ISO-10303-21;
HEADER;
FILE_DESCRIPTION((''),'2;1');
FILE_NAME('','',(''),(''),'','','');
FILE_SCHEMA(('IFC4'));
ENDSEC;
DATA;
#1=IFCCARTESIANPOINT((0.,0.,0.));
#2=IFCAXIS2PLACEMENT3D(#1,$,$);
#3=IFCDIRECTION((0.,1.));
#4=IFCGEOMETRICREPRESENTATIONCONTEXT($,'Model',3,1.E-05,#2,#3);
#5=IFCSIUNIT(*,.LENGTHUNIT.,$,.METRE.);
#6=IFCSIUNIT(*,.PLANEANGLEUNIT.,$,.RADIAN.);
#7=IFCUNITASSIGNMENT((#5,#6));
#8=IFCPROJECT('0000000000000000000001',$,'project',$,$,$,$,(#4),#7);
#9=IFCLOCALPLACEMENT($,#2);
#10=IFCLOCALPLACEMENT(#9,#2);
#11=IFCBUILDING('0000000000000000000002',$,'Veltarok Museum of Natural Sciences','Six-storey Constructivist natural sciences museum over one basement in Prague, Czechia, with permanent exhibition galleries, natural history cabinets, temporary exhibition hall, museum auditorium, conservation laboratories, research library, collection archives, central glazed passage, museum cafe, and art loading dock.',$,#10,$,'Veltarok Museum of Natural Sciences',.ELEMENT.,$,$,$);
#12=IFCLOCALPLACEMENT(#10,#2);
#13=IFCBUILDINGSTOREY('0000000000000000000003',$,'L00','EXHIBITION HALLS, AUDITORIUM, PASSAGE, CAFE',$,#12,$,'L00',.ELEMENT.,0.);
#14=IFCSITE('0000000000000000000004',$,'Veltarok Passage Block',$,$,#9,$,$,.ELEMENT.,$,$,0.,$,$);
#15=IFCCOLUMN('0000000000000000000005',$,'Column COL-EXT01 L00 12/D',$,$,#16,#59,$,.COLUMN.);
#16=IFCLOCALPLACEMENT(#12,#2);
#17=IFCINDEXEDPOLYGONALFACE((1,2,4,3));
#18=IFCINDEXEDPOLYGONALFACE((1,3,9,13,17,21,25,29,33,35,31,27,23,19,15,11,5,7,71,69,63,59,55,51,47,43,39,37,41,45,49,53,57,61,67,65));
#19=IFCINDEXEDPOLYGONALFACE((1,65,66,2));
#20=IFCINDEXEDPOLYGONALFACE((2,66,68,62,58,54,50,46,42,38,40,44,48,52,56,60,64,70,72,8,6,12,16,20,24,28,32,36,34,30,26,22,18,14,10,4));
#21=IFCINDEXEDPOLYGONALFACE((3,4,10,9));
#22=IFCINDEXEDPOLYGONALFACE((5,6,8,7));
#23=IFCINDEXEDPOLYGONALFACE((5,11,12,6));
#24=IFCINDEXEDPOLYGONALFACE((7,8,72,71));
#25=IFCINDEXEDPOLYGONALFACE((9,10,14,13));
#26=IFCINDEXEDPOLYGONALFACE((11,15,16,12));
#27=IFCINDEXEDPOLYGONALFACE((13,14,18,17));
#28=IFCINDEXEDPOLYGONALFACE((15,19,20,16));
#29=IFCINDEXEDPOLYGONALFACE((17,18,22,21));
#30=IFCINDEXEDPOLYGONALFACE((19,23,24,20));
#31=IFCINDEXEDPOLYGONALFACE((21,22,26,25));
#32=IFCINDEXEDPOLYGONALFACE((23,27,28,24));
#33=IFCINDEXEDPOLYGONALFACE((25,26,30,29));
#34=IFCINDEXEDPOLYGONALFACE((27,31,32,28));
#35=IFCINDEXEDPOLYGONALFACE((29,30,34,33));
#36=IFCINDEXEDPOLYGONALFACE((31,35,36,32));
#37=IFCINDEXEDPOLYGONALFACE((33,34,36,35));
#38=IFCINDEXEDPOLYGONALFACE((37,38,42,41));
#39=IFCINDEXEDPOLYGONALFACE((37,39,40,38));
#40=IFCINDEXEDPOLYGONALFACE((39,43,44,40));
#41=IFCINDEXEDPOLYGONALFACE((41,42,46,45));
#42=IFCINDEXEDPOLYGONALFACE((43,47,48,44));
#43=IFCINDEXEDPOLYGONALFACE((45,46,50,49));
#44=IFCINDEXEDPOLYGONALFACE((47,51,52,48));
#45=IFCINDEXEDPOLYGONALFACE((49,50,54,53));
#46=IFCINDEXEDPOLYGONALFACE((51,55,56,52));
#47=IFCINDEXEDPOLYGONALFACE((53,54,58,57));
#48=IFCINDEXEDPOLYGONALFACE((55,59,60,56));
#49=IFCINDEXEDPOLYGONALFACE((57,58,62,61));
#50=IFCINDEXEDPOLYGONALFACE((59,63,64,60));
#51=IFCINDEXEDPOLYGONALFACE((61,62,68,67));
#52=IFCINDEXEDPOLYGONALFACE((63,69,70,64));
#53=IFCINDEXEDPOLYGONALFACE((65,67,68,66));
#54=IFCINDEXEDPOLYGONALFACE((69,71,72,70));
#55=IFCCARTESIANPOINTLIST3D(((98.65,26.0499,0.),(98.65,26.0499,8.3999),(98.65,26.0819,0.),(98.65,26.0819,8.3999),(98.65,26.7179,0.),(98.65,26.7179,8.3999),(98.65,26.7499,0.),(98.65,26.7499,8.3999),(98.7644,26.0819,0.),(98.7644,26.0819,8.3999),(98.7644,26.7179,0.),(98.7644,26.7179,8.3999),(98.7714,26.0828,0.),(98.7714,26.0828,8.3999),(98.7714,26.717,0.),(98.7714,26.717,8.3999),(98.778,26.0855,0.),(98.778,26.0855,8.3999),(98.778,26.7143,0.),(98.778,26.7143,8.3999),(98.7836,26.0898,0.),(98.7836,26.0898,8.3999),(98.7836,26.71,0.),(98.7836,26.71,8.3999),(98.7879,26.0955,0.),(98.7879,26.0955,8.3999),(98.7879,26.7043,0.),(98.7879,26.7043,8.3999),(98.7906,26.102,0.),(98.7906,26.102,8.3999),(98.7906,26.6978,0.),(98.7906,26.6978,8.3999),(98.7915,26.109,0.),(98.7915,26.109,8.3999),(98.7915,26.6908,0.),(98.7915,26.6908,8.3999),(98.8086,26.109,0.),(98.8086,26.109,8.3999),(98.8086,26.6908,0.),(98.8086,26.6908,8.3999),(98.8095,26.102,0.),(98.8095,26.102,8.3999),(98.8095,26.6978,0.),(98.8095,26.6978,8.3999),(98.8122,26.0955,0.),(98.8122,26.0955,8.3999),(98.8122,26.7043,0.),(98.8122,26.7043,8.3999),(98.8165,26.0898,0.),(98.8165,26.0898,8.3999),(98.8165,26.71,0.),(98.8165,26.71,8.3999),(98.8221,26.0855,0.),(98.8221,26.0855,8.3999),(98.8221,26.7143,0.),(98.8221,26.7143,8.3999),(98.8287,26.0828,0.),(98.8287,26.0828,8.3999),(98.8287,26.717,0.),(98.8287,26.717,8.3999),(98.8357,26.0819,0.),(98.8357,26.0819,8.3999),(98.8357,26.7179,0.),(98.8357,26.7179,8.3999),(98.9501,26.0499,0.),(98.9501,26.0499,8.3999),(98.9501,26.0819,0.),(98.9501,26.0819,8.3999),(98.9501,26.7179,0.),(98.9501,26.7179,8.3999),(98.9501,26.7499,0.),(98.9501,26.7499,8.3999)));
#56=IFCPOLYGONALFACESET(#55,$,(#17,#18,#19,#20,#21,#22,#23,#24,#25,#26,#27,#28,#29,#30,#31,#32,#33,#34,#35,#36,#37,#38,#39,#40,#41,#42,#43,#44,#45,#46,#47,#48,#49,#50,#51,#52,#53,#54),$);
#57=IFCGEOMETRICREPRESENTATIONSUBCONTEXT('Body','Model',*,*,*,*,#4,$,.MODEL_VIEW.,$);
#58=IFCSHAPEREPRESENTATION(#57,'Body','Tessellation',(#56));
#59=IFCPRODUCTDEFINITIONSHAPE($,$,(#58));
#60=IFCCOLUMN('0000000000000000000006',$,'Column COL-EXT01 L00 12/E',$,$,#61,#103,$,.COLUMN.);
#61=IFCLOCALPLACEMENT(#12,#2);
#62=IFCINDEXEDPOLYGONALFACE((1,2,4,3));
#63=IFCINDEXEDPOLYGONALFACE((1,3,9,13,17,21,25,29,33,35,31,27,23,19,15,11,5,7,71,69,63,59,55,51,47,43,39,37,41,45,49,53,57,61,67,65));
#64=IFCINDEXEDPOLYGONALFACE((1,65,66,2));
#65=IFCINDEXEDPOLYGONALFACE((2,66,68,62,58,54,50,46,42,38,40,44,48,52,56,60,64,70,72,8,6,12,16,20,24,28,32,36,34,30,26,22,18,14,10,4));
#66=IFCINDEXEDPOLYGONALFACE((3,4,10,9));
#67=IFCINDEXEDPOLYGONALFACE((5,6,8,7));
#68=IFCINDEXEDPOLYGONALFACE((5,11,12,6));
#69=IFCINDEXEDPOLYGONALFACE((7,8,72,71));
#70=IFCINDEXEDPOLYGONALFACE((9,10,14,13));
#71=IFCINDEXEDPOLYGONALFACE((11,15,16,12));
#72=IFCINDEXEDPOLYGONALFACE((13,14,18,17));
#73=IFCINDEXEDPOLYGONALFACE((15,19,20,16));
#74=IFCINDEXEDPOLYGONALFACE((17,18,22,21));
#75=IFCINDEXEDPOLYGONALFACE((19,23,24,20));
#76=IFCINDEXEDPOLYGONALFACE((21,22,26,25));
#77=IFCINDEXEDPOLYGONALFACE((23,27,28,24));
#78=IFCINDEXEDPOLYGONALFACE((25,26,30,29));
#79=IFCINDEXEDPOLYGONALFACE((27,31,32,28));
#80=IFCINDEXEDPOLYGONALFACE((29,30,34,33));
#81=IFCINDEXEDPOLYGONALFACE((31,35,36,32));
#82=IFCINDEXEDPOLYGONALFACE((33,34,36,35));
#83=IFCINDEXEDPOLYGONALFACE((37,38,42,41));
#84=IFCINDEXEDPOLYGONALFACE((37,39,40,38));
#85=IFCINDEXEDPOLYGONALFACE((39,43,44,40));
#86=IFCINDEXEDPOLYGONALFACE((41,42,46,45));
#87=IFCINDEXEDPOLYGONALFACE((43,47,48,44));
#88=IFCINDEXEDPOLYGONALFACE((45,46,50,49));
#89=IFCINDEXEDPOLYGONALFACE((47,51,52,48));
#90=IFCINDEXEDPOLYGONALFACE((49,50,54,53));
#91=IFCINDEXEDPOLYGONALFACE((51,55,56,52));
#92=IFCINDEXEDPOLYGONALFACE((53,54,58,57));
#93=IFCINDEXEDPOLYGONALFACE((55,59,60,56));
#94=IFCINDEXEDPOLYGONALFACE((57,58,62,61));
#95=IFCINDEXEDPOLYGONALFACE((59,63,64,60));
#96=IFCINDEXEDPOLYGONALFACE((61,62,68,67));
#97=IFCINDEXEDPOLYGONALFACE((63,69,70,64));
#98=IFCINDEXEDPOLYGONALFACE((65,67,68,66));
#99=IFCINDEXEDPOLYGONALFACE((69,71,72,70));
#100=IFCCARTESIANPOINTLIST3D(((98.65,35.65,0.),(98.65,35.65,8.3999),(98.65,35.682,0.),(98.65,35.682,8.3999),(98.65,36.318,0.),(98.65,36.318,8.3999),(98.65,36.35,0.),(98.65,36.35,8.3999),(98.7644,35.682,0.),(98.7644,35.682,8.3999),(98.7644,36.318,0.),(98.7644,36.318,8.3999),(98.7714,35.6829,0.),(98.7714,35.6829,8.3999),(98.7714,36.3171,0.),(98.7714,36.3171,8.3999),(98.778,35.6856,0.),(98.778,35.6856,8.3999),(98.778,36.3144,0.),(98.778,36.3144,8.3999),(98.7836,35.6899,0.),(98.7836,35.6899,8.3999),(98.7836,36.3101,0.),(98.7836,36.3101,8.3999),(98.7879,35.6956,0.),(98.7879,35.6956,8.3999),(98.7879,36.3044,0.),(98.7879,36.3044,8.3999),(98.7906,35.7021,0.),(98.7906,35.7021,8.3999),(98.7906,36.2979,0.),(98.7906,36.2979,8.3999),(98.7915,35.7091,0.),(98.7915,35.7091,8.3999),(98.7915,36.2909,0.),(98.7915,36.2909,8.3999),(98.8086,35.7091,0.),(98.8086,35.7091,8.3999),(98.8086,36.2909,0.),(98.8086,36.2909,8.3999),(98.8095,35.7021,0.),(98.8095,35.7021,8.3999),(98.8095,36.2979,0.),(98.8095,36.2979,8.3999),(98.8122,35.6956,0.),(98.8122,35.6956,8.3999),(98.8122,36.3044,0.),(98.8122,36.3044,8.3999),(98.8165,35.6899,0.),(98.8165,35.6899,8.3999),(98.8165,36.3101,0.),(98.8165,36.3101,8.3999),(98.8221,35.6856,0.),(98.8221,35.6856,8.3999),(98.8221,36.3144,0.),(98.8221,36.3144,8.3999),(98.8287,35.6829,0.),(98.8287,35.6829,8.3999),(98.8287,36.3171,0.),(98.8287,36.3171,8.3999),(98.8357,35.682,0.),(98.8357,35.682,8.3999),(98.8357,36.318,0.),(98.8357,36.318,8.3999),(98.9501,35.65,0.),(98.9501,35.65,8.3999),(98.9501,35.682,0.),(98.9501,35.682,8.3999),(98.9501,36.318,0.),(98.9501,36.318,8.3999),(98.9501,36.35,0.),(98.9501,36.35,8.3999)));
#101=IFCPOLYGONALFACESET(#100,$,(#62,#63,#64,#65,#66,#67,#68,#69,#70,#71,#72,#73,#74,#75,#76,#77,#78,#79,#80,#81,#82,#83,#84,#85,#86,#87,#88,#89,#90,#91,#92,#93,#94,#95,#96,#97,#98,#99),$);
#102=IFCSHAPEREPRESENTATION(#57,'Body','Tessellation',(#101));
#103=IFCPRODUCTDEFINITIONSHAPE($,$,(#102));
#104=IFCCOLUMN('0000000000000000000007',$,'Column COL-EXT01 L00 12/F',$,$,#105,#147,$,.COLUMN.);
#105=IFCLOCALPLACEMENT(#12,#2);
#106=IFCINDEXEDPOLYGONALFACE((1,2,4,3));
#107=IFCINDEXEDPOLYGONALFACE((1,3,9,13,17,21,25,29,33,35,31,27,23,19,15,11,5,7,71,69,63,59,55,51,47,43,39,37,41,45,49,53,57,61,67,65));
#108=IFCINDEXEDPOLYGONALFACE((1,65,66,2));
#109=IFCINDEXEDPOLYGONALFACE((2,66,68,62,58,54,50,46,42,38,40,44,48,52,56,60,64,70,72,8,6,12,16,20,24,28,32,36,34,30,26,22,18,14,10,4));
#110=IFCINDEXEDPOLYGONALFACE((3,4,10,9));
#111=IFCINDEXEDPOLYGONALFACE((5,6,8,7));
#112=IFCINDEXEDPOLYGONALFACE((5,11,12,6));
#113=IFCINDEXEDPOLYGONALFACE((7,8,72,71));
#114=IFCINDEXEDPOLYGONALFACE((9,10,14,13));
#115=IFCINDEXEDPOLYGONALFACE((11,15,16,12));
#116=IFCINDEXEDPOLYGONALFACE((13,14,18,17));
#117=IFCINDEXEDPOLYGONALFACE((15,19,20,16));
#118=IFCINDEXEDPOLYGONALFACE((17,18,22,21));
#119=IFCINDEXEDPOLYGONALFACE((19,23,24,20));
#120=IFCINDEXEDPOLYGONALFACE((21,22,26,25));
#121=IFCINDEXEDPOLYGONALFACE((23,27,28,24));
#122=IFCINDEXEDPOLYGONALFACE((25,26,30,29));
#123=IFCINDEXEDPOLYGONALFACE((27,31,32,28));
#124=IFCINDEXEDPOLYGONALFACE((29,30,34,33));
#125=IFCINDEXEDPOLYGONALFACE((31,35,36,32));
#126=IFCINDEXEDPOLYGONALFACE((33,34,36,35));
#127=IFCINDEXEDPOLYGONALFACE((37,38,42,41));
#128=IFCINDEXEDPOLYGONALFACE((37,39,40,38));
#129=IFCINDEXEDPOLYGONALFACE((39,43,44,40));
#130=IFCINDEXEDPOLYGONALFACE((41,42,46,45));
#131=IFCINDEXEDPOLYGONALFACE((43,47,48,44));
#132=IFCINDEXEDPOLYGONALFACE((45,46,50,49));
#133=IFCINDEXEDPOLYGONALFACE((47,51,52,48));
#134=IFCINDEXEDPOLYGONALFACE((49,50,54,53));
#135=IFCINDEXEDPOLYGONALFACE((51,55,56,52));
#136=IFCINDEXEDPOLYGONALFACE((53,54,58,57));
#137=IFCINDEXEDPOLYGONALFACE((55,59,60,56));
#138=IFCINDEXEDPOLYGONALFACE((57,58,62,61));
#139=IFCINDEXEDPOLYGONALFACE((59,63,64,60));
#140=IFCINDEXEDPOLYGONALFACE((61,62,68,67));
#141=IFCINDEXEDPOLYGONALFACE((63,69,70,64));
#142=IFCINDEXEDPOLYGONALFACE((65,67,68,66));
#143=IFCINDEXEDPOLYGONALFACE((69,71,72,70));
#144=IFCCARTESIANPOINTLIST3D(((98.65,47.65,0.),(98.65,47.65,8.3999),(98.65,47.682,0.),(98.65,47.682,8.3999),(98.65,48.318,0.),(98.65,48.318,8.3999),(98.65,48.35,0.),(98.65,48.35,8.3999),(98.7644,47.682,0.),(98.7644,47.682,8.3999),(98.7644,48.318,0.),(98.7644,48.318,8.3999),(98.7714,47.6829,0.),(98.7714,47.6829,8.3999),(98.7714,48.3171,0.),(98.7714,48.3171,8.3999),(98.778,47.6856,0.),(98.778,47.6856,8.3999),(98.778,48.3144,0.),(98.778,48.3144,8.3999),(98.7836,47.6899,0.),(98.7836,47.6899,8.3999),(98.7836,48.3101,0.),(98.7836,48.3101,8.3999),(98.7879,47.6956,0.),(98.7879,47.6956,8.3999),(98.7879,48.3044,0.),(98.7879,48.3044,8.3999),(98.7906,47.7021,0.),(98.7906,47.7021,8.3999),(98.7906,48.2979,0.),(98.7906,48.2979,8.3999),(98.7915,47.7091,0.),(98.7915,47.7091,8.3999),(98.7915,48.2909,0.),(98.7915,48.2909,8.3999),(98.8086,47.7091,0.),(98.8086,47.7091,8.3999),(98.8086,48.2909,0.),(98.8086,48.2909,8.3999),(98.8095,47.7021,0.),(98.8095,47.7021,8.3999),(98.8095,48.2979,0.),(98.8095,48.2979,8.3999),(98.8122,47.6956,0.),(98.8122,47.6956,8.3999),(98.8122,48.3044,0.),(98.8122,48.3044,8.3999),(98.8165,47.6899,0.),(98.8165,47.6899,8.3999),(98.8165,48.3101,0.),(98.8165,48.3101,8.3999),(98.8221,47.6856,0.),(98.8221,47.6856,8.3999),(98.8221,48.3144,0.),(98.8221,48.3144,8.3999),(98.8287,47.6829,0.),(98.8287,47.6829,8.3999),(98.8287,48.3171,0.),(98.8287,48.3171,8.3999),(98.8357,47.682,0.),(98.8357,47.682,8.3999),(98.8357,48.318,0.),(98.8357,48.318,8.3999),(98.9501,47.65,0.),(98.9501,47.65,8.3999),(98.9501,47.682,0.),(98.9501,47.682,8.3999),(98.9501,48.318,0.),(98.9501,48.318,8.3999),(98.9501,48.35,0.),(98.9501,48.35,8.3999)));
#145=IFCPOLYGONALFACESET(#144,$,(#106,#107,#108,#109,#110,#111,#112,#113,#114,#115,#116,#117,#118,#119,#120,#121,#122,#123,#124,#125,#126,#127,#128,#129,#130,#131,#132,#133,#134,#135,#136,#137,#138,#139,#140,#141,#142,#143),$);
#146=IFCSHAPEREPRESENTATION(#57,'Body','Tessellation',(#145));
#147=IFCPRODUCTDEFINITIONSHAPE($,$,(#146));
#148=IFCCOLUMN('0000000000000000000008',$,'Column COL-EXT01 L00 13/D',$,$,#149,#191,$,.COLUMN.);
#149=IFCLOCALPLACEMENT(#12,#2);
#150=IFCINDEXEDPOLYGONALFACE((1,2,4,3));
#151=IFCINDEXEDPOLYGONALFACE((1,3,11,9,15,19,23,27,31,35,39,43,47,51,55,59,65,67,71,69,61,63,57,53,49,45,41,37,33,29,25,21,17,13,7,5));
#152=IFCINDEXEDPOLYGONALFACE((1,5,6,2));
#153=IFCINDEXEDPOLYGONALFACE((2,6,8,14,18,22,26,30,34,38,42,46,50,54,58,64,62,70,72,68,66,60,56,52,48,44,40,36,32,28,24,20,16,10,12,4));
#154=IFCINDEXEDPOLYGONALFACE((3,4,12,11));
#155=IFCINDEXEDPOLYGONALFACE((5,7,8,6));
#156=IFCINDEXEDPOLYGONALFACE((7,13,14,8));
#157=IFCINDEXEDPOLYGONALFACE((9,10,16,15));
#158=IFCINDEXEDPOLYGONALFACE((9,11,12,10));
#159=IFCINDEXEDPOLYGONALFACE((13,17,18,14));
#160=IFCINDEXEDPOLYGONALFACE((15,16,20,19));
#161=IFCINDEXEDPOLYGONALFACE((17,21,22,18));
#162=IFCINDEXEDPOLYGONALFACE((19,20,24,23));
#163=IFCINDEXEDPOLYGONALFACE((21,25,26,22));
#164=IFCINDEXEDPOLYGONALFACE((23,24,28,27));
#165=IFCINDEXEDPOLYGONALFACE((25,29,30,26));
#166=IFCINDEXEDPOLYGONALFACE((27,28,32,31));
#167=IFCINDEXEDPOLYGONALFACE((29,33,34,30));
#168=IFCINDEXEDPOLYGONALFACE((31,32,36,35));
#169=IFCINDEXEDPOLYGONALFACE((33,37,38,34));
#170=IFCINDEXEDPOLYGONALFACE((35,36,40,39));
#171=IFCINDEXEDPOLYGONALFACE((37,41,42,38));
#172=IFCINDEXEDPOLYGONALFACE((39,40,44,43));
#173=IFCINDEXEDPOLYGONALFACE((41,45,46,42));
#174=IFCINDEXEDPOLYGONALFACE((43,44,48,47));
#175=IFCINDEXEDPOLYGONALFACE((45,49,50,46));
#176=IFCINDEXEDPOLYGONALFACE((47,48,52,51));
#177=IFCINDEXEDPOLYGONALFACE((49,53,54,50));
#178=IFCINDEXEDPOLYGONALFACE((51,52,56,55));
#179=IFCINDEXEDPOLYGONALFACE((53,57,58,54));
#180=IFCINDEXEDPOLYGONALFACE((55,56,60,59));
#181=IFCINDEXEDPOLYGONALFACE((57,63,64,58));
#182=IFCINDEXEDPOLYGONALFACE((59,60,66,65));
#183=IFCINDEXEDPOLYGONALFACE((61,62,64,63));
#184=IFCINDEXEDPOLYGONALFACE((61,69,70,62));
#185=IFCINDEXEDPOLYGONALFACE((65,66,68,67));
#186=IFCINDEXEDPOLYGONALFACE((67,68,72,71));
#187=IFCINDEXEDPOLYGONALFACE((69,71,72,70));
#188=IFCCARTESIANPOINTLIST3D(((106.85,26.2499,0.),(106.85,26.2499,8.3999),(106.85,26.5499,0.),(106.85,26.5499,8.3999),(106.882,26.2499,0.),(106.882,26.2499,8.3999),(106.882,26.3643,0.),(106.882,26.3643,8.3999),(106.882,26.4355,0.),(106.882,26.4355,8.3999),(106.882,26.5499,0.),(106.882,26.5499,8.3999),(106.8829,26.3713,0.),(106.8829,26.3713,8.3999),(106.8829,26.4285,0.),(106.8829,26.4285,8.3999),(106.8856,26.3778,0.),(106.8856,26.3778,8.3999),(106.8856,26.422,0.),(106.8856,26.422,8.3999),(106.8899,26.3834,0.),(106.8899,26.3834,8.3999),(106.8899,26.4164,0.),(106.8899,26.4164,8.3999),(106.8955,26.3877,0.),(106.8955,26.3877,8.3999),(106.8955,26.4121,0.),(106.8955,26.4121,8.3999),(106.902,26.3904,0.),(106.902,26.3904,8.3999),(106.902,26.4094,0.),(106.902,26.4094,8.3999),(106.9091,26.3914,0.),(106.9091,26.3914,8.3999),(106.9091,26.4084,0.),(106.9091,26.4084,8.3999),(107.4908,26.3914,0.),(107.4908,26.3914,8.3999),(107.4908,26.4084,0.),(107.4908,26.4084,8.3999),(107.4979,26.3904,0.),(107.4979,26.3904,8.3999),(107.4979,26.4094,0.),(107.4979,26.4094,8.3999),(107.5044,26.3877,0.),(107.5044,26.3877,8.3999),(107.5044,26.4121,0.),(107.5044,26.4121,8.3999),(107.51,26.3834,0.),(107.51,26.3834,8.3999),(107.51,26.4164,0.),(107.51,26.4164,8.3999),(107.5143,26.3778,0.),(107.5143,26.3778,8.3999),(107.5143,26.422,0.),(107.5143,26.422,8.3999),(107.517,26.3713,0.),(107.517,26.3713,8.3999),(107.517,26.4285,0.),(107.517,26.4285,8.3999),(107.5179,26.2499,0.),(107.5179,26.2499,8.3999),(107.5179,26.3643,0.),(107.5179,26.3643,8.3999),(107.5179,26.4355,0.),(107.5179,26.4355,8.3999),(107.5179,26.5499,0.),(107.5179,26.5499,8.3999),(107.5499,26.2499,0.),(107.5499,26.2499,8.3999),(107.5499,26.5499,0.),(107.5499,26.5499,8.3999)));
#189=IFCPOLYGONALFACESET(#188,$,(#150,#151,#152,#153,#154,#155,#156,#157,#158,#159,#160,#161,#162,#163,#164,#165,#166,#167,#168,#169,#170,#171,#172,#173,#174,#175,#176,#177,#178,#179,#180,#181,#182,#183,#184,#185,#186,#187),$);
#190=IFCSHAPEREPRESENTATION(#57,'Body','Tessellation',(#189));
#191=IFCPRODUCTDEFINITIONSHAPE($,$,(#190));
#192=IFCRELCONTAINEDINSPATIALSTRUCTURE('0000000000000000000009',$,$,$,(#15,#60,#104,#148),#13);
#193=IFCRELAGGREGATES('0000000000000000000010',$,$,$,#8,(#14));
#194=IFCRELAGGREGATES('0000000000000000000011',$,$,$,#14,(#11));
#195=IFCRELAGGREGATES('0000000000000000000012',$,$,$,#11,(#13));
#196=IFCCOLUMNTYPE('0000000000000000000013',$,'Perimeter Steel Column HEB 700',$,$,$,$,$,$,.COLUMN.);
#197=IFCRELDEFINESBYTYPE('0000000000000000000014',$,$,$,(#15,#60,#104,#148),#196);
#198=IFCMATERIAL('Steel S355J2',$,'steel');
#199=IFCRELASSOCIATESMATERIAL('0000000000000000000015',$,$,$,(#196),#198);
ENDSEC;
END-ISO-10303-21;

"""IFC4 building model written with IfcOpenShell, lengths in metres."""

from ifc_helpers import new_model, si_unit, direction, frame, origin, origin_2d, place, context, subcontext, project, spatial, i_section, extrude, material, material_profile, profile_set, type_object, element, save


model = new_model("IFC4")

# Units and contexts
model_context = context("Model", 3, precision=1e-05, world=origin(), true_north=direction((0.0, 1.0)))
body_context = subcontext(model_context, "Body", "Model", "MODEL_VIEW")
ifc_project = project(units=[si_unit("LENGTHUNIT", "METRE"), si_unit("PLANEANGLEUNIT", "RADIAN")], contexts=[model_context])

# Site, building, storey
site_placement = place(None, origin())
site = spatial("IfcSite", under=ifc_project, at=site_placement, Name="Veltarok Passage Block", CompositionType="ELEMENT", RefElevation=0.0)
building_placement = place(site_placement, origin())
building = spatial("IfcBuilding", under=site, at=building_placement, Name="Veltarok Museum of Natural Sciences", Description="Six-storey Constructivist natural sciences museum over one basement in Prague, Czechia, with permanent exhibition galleries, natural history cabinets, temporary exhibition hall, museum auditorium, conservation laboratories, research library, collection archives, central glazed passage, museum cafe, and art loading dock.", LongName="Veltarok Museum of Natural Sciences", CompositionType="ELEMENT")
storey_placement = place(building_placement, origin())
storey = spatial("IfcBuildingStorey", under=building, at=storey_placement, Name="L00", Description="EXHIBITION HALLS, AUDITORIUM, PASSAGE, CAFE", LongName="L00", CompositionType="ELEMENT", Elevation=0.0)

# Columns
ifc_material_1 = material(Name="Steel S355J2", Category="steel")
ifc_material_profile_1 = material_profile(ifc_material_1, i_section(OverallWidth=0.3, OverallDepth=0.7, WebThickness=0.0171, FlangeThickness=0.032, FilletRadius=0.0271, at=origin_2d()), Name="HEB 700")
ifc_profile_set_1 = profile_set([ifc_material_profile_1], Name="Steel S355J2")
column_type = type_object("IfcColumnType", Name="Perimeter Steel Column HEB 700", PredefinedType="COLUMN", material=ifc_profile_set_1)
for number, where, z_axis, x_axis, name in (
    (1, (98.8, 26.3999, 0.0), (0.0, 0.0, 1.0), (1.0, 0.0, 0.0), "Column COL-EXT01 L00 12/D"),
    (2, (98.8, 36.0, 0.0), (0.0, 0.0, 1.0), (1.0, 0.0, 0.0), "Column COL-EXT01 L00 12/E"),
    (3, (98.8, 48.0, 0.0), (0.0, 0.0, 1.0), (1.0, 0.0, 0.0), "Column COL-EXT01 L00 12/F"),
    (4, (107.2, 26.3999, 0.0), (0.0, 0.0, 1.0), (0.0, 1.0, 0.0), "Column COL-EXT01 L00 13/D"),
):
    element("IfcColumn", number, at=place(storey_placement, frame(where, z_axis=z_axis, x_axis=x_axis)), inside=storey, type_object=column_type, Name=name, PredefinedType="COLUMN", context=body_context, shape_type="SweptSolid", body=[
        extrude(i_section(OverallWidth=0.3, OverallDepth=0.7, WebThickness=0.0171, FlangeThickness=0.032, FilletRadius=0.0271, at=origin_2d()), origin(), (0.0, 0.0, 1.0), 8.3999),
    ])

save(model, "model.ifc")
